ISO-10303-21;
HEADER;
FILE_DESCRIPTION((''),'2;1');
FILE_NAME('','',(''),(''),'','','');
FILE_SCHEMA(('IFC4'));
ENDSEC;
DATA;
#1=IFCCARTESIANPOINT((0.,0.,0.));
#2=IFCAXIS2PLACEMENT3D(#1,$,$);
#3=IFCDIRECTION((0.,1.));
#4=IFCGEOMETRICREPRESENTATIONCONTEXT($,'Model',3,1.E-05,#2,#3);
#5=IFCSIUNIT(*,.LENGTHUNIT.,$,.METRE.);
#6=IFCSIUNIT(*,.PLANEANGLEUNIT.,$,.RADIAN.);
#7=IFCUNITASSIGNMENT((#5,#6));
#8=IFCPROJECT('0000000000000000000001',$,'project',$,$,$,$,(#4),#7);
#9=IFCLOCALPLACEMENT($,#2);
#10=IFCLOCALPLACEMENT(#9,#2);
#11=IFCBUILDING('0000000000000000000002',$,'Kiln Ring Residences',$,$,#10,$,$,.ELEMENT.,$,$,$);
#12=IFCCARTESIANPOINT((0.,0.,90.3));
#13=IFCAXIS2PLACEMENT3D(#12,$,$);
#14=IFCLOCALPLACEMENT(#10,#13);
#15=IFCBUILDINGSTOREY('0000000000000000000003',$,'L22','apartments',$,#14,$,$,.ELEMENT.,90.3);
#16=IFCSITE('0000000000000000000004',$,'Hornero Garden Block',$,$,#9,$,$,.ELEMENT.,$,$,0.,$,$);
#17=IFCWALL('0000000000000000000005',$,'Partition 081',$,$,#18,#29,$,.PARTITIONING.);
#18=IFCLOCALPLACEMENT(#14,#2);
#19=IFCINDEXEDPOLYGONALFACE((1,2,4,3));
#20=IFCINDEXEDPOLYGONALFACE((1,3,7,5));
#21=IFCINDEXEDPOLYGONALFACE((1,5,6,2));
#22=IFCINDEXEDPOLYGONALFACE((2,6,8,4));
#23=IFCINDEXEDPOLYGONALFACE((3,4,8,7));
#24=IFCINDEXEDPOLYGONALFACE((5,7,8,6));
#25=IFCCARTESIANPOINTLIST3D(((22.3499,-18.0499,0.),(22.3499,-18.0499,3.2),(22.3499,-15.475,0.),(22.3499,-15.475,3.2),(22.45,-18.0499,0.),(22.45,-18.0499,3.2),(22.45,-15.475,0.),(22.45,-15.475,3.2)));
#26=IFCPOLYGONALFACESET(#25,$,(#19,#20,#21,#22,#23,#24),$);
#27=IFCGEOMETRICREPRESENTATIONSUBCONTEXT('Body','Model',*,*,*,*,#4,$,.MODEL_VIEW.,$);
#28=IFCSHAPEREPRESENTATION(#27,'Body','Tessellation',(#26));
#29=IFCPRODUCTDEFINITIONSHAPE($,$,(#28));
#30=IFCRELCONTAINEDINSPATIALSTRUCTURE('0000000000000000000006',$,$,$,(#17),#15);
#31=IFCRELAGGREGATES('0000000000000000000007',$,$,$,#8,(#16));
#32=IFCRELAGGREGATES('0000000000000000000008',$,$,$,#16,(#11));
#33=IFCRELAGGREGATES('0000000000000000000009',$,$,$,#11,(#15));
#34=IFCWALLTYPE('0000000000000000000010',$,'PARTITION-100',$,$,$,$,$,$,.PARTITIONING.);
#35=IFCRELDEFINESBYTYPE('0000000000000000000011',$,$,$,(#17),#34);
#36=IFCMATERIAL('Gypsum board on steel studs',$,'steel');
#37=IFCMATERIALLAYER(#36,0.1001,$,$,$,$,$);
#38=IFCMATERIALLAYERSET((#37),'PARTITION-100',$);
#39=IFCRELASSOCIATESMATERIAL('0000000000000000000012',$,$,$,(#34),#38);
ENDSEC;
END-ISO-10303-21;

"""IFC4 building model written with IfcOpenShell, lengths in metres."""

from ifc_helpers import new_model, si_unit, direction, frame, frame_2d, origin, place, context, subcontext, project, spatial, rectangle, extrude, material, layer, layer_set, type_object, element, save


model = new_model("IFC4")

# Units and contexts
model_context = context("Model", 3, precision=1e-05, world=origin(), true_north=direction((0.0, 1.0)))
body_context = subcontext(model_context, "Body", "Model", "MODEL_VIEW")
ifc_project = project(units=[si_unit("LENGTHUNIT", "METRE"), si_unit("PLANEANGLEUNIT", "RADIAN")], contexts=[model_context])

# Site, building, storey
site_placement = place(None, origin())
site = spatial("IfcSite", under=ifc_project, at=site_placement, Name="Hornero Garden Block", CompositionType="ELEMENT", RefElevation=0.0)
building_placement = place(site_placement, origin())
building = spatial("IfcBuilding", under=site, at=building_placement, Name="Kiln Ring Residences", CompositionType="ELEMENT")
storey_placement = place(building_placement, frame((0.0, 0.0, 90.3)))
storey = spatial("IfcBuildingStorey", under=building, at=storey_placement, Name="L22", Description="apartments", CompositionType="ELEMENT", Elevation=90.3)

# Shared definitions
ifc_material_1 = material(Name="Gypsum board on steel studs", Category="steel")
ifc_layer_1 = layer(ifc_material_1, 0.1001)
ifc_layer_set_1 = layer_set([ifc_layer_1], Name="PARTITION-100")
wall_type_1 = type_object("IfcWallType", Name="PARTITION-100", PredefinedType="PARTITIONING", material=ifc_layer_set_1)

# Wall
wall_1_placement = place(storey_placement, frame((22.3999, -18.05, 0.0), z_axis=(0.0, 0.0, 1.0), x_axis=(0.0, 1.0, 0.0)))
element("IfcWall", 1, at=wall_1_placement, inside=storey, type_object=wall_type_1, Name="Partition 081", PredefinedType="PARTITIONING", context=body_context, shape_type="SweptSolid", body=[
    extrude(rectangle(XDim=2.575, YDim=0.1001, at=frame_2d((1.2876, 0.0))), origin(), (0.0, 0.0, 1.0), 3.2),
])

save(model, "model.ifc")
